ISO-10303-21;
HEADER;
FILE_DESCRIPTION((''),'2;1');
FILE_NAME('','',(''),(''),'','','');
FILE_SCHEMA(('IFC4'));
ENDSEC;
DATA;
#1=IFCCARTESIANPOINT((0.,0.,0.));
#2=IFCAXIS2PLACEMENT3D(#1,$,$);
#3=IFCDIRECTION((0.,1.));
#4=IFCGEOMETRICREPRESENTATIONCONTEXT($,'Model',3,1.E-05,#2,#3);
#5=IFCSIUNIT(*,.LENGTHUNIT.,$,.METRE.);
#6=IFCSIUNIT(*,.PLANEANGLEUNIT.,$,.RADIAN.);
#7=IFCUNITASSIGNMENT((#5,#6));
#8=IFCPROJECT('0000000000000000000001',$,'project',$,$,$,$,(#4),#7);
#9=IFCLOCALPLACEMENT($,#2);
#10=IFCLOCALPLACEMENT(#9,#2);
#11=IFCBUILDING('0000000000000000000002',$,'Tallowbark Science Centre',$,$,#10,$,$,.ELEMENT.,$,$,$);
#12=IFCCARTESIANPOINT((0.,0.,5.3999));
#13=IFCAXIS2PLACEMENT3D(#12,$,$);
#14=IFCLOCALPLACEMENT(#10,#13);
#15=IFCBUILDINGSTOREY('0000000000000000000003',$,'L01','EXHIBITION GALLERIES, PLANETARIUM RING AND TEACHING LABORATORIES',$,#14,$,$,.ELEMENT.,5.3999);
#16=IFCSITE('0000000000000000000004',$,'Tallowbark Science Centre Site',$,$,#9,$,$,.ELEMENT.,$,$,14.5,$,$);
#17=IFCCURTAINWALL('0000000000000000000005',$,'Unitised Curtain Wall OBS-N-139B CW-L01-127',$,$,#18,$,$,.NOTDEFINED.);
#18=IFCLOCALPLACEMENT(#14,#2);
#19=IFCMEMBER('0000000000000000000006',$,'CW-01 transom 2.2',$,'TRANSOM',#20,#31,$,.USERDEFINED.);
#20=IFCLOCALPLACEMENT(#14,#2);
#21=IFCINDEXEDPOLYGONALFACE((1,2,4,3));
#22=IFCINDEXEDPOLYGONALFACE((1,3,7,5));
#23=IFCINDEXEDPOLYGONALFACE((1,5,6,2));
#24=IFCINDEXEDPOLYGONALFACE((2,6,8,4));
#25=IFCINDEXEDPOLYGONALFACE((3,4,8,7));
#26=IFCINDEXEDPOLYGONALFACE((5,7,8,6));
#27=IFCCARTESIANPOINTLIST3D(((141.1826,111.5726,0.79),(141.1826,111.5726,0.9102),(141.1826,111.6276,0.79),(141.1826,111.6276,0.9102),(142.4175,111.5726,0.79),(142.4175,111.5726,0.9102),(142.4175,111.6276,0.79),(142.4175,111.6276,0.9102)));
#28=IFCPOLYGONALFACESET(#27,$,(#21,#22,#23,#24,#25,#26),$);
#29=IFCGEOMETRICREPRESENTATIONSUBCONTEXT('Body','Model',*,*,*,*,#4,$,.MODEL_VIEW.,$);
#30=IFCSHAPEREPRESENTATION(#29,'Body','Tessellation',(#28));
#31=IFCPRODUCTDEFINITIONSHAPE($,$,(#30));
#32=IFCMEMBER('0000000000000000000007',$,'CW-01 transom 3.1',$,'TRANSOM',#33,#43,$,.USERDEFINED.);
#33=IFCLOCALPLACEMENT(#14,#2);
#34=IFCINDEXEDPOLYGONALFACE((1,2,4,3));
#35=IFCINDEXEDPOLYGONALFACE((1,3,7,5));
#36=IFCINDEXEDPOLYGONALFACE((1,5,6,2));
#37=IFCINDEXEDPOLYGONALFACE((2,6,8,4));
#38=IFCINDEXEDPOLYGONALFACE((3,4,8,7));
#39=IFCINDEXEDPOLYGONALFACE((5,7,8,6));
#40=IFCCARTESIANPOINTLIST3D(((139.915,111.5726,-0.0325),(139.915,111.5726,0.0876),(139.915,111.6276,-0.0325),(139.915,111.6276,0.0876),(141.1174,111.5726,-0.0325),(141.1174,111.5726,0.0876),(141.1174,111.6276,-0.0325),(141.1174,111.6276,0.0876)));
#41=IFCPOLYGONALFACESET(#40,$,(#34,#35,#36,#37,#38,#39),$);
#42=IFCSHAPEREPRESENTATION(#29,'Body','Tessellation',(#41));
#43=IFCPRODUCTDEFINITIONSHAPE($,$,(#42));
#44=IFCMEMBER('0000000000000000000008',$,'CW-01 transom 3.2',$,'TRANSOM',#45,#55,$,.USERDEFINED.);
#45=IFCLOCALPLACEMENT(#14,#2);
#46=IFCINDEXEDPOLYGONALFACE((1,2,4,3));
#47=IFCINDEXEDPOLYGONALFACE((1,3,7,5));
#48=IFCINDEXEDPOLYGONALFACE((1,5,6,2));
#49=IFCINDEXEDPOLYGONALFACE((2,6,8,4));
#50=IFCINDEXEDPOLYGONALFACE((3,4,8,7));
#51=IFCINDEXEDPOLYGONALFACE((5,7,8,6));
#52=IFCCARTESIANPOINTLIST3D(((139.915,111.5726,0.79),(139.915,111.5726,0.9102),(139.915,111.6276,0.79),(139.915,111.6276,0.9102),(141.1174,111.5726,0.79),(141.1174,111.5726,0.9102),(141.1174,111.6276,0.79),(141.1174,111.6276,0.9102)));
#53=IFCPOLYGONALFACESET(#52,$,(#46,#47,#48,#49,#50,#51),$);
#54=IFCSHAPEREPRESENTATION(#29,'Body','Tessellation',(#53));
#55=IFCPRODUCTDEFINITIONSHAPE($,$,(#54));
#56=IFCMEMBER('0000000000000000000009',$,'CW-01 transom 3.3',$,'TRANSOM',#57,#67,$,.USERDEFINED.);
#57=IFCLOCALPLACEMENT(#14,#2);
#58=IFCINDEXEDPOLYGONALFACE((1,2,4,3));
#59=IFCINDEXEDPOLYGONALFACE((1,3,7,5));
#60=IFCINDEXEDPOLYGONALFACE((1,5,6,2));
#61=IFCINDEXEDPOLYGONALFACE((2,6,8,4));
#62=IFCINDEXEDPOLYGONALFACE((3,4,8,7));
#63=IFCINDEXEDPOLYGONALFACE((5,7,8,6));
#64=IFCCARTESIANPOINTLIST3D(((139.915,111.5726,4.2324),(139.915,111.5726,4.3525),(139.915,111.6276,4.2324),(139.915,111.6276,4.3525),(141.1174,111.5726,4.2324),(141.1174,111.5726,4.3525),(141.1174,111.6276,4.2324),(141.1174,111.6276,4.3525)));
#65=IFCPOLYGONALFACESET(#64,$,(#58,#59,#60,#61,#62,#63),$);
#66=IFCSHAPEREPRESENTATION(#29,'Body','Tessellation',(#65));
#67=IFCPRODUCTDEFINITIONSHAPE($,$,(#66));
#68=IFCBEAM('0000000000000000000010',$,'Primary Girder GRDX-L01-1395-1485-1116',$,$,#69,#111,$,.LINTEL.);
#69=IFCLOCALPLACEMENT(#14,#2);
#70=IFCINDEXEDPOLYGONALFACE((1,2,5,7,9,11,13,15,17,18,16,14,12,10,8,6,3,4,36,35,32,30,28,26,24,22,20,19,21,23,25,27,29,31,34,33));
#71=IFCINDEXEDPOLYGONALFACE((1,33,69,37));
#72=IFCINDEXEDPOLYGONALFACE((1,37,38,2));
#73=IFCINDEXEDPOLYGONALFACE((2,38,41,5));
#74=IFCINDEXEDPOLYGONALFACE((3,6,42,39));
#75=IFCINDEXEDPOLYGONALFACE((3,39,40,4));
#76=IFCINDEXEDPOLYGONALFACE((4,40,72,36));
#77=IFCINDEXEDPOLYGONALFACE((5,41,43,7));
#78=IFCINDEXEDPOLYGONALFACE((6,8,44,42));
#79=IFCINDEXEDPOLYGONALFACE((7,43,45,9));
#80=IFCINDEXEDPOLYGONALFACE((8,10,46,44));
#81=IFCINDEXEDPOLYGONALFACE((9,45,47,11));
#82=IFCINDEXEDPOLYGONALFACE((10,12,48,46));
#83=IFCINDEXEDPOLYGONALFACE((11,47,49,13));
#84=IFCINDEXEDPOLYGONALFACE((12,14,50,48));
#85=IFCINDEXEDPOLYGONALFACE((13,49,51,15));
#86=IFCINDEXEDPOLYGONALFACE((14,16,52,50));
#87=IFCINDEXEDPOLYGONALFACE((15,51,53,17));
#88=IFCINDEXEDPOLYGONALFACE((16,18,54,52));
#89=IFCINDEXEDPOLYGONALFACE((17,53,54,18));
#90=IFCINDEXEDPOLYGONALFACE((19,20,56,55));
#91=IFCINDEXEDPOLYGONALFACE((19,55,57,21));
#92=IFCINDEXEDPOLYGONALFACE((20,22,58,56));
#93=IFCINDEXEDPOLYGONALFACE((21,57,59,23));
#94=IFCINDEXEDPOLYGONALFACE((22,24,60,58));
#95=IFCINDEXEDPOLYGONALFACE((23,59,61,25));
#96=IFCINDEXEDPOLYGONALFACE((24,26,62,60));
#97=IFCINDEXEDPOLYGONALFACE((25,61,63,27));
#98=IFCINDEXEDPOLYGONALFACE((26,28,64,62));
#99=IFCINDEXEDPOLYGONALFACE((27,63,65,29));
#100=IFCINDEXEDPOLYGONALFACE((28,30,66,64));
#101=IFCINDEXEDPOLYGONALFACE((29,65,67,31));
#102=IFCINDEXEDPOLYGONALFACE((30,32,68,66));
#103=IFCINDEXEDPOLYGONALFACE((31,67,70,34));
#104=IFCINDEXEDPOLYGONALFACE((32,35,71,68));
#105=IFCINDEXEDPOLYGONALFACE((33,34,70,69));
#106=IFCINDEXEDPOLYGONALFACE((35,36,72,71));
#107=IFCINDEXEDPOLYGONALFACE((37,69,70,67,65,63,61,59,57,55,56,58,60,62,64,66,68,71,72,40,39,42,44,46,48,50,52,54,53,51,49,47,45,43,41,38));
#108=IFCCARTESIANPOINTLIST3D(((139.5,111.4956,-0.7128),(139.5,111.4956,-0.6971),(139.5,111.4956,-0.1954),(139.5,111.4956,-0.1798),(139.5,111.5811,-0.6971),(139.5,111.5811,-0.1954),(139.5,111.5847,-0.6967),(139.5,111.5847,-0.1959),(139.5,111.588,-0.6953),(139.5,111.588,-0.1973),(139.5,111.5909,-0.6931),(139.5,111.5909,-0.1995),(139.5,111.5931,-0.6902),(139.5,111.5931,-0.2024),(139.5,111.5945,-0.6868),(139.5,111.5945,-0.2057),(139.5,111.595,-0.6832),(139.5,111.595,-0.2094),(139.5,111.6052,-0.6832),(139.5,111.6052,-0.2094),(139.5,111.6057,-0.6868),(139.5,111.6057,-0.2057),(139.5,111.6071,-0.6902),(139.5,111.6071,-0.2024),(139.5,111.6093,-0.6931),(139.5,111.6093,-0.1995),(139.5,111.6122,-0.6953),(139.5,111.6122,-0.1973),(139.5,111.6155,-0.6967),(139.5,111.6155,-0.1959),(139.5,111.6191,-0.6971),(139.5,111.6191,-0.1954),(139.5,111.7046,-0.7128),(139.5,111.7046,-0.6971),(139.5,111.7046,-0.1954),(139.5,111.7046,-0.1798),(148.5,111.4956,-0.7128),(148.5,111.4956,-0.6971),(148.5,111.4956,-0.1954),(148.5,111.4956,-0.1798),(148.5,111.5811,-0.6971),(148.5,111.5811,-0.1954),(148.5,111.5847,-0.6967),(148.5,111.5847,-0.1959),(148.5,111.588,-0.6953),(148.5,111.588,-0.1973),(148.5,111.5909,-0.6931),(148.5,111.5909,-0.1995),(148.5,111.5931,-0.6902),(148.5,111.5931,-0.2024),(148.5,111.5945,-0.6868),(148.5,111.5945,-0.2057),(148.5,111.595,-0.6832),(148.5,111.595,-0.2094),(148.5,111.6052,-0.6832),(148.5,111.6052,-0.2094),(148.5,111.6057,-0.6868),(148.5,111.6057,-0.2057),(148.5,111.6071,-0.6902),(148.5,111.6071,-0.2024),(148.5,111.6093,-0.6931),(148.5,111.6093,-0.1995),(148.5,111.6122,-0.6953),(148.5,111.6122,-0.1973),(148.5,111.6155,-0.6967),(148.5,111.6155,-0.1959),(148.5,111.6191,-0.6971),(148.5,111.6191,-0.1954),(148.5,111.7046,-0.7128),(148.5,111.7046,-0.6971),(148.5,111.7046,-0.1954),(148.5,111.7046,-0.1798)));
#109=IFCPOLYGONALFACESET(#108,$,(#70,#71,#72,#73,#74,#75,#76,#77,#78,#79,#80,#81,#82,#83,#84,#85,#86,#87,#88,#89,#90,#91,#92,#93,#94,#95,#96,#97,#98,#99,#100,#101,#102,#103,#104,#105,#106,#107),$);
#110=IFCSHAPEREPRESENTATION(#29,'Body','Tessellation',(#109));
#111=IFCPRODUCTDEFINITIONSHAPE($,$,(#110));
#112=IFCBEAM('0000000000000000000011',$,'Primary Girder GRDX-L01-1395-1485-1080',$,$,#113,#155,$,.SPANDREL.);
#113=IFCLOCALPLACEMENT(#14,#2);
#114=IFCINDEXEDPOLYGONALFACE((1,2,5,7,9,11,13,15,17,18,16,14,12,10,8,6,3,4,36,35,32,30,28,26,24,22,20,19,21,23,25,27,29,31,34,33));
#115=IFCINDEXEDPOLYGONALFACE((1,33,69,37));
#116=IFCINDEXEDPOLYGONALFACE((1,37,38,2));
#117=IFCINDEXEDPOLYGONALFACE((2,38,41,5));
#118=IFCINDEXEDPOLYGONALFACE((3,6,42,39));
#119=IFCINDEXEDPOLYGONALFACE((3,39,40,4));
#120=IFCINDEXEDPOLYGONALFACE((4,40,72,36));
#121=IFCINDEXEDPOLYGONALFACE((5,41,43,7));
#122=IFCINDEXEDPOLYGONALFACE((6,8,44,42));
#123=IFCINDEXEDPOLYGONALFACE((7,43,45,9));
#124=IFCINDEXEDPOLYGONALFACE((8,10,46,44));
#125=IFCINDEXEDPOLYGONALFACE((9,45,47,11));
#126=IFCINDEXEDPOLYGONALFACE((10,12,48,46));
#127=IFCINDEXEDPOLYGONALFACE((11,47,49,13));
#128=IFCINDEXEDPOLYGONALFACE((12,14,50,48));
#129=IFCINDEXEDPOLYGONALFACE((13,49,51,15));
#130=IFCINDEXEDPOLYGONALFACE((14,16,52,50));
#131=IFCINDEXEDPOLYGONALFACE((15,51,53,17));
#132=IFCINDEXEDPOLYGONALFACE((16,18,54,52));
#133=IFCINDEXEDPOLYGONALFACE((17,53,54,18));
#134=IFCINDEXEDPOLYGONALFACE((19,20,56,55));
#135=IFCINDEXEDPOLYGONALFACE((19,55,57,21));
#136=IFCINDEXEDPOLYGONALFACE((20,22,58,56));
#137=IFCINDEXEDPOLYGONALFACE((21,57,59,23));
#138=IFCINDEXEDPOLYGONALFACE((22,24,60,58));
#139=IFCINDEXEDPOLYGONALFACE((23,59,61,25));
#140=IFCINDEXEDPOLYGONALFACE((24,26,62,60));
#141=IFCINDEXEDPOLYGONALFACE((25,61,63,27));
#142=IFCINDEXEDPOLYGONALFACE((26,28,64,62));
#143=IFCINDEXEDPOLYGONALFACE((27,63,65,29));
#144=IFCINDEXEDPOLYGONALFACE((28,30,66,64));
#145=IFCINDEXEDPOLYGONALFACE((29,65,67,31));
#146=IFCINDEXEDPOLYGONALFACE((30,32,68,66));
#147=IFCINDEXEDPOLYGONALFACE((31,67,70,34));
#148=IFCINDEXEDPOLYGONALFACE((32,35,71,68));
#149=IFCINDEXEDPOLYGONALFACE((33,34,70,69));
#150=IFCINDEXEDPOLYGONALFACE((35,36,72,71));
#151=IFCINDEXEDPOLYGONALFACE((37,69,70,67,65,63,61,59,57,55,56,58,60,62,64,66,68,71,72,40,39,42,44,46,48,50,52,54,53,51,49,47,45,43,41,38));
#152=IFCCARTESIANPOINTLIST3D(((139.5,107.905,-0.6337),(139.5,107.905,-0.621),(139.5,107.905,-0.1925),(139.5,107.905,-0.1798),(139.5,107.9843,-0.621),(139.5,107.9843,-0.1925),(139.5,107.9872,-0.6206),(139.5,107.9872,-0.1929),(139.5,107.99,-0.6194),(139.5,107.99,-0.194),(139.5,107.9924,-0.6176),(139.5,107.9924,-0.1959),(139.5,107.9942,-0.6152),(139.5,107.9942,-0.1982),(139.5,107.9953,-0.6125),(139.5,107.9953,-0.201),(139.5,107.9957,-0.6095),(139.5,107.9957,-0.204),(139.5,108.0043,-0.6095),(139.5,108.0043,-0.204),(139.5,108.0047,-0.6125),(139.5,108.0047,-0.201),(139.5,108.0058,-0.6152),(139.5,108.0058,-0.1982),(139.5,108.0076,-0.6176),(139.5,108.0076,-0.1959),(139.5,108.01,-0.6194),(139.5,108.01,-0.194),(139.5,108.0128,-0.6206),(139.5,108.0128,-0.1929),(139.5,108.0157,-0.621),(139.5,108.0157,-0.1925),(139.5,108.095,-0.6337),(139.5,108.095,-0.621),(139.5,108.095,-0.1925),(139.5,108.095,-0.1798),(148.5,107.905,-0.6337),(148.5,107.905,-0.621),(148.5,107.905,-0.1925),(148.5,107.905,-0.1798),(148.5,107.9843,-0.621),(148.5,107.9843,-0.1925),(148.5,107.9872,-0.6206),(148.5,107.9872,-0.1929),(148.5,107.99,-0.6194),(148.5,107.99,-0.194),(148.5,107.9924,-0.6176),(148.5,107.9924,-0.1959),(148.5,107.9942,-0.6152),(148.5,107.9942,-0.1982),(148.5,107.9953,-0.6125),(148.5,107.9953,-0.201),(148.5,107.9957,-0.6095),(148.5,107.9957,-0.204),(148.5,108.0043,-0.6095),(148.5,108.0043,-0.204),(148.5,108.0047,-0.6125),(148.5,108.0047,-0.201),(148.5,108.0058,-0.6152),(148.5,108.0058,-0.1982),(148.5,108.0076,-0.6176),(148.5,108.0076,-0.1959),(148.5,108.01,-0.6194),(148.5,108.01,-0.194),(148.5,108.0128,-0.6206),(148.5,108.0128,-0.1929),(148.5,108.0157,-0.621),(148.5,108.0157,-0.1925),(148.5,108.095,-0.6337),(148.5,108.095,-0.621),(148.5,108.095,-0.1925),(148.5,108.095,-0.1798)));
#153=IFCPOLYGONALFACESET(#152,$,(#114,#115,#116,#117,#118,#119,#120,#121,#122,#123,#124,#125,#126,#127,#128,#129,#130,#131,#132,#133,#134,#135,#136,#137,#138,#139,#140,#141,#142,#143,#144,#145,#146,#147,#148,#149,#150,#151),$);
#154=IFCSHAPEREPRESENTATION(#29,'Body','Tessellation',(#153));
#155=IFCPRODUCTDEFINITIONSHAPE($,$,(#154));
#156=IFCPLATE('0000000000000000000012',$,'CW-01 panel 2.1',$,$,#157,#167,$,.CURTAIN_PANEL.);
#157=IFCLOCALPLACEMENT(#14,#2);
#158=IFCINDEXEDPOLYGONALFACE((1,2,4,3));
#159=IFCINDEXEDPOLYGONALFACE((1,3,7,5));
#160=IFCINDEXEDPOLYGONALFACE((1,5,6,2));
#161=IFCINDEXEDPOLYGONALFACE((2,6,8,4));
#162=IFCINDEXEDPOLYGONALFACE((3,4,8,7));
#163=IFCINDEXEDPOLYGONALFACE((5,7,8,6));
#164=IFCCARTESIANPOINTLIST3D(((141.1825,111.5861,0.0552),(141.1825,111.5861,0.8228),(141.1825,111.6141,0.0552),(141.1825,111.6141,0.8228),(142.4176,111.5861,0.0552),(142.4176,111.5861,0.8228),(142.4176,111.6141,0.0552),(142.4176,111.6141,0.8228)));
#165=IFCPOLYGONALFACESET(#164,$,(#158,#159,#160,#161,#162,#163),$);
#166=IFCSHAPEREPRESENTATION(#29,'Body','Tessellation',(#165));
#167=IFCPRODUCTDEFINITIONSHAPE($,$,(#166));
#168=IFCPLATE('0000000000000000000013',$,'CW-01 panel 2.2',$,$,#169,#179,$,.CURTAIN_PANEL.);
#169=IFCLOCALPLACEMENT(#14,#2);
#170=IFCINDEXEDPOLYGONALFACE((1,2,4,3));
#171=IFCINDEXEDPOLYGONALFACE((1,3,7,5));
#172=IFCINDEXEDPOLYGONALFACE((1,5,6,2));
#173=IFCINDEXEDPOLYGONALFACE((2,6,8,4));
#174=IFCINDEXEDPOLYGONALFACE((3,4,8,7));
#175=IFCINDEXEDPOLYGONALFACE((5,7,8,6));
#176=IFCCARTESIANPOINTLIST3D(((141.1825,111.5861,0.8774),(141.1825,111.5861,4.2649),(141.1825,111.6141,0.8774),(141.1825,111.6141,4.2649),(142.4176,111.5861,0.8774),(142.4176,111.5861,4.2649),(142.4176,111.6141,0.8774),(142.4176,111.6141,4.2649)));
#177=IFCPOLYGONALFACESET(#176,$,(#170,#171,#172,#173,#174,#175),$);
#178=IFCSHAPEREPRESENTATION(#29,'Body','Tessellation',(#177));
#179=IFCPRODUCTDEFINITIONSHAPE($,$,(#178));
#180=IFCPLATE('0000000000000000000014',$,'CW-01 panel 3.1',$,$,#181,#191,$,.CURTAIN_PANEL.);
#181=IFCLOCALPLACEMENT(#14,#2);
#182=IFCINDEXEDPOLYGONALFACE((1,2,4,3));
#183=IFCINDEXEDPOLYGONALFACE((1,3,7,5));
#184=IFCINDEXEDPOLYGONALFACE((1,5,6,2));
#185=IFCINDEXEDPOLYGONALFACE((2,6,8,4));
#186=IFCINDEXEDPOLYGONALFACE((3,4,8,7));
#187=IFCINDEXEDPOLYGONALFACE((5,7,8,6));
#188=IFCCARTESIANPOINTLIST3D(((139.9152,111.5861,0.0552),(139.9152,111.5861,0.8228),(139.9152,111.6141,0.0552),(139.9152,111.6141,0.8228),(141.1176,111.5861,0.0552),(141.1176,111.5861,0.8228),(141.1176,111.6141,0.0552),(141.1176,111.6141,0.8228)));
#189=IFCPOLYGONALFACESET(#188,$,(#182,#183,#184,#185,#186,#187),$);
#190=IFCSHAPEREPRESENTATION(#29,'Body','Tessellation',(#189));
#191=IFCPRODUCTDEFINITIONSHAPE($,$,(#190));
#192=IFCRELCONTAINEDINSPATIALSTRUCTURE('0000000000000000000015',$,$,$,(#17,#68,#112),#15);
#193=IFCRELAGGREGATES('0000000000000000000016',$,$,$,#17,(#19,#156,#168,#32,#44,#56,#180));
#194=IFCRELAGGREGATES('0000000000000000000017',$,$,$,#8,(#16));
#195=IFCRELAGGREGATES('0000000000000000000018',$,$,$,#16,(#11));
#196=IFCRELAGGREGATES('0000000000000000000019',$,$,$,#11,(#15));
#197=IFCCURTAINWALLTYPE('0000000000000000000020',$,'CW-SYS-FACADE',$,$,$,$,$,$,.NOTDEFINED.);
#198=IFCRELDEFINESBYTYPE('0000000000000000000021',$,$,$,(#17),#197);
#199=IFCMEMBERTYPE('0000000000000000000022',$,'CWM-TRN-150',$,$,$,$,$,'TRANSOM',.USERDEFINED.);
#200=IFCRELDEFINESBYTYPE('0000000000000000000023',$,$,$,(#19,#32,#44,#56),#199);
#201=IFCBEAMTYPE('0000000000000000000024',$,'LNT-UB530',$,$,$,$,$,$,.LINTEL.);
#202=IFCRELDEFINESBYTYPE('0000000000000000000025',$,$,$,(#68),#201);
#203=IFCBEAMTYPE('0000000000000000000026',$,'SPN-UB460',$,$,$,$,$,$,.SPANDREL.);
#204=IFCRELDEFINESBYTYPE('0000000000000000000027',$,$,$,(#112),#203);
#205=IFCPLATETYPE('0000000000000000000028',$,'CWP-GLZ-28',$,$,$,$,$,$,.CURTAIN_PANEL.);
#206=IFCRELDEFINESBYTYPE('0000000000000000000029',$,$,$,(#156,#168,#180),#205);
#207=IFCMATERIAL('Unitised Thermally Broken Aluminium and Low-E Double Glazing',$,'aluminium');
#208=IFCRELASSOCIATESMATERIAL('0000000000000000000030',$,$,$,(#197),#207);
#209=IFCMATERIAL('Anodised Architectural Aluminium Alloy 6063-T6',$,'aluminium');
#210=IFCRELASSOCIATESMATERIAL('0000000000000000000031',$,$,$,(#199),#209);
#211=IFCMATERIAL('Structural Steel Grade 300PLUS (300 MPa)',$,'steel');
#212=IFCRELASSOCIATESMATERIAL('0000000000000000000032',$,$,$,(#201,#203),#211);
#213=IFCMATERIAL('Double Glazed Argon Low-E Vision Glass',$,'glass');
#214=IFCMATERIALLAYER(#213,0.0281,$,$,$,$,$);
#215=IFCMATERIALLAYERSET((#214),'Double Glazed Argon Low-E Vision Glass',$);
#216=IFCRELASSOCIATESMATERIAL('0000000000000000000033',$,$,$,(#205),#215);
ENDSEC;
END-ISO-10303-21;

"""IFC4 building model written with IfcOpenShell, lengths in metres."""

from ifc_helpers import new_model, si_unit, direction, frame, origin, origin_2d, place, context, subcontext, project, spatial, rectangle, i_section, extrude, material, layer, layer_set, material_profile, profile_set, type_object, element, aggregate, save


model = new_model("IFC4")

# Units and contexts
model_context = context("Model", 3, precision=1e-05, world=origin(), true_north=direction((0.0, 1.0)))
body_context = subcontext(model_context, "Body", "Model", "MODEL_VIEW")
ifc_project = project(units=[si_unit("LENGTHUNIT", "METRE"), si_unit("PLANEANGLEUNIT", "RADIAN")], contexts=[model_context])

# Site, building, storey
site_placement = place(None, origin())
site = spatial("IfcSite", under=ifc_project, at=site_placement, Name="Tallowbark Science Centre Site", CompositionType="ELEMENT", RefElevation=14.5)
building_placement = place(site_placement, origin())
building = spatial("IfcBuilding", under=site, at=building_placement, Name="Tallowbark Science Centre", CompositionType="ELEMENT")
storey_placement = place(building_placement, frame((0.0, 0.0, 5.3999)))
storey = spatial("IfcBuildingStorey", under=building, at=storey_placement, Name="L01", Description="EXHIBITION GALLERIES, PLANETARIUM RING AND TEACHING LABORATORIES", CompositionType="ELEMENT", Elevation=5.3999)

# Shared definitions
ifc_material_1 = material(Name="Structural Steel Grade 300PLUS (300 MPa)", Category="steel")

# Curtain wall, members
ifc_material_2 = material(Name="Unitised Thermally Broken Aluminium and Low-E Double Glazing", Category="aluminium")
curtain_wall_type = type_object("IfcCurtainWallType", Name="CW-SYS-FACADE", PredefinedType="NOTDEFINED", material=ifc_material_2)
curtain_wall_placement = place(storey_placement, origin())
curtain_wall = element("IfcCurtainWall", 1, at=curtain_wall_placement, inside=storey, type_object=curtain_wall_type, Name="Unitised Curtain Wall OBS-N-139B CW-L01-127", PredefinedType="NOTDEFINED")
ifc_material_3 = material(Name="Anodised Architectural Aluminium Alloy 6063-T6", Category="aluminium")
ifc_material_profile_1 = material_profile(ifc_material_3, rectangle(XDim=0.0549, YDim=0.1201, at=origin_2d()), Name="ALU55x120")
ifc_profile_set_1 = profile_set([ifc_material_profile_1], Name="Anodised Architectural Aluminium Alloy 6063-T6")
member_type_1 = type_object("IfcMemberType", Name="CWM-TRN-150", ElementType="TRANSOM", PredefinedType="USERDEFINED", material=ifc_profile_set_1)
member_1_placement = place(storey_placement, frame((142.4175, 111.6001, 0.8501), z_axis=(-1.0, 0.0, 0.0), x_axis=(0.0, -1.0, 0.0)))
member_1 = element("IfcMember", 2, at=member_1_placement, type_object=member_type_1, Name="CW-01 transom 2.2", ObjectType="TRANSOM", PredefinedType="USERDEFINED", context=body_context, shape_type="SweptSolid", body=[
    extrude(rectangle(XDim=0.0549, YDim=0.1201, at=origin_2d()), origin(), (0.0, 0.0, 1.0), 1.2349),
])
member_2_placement = place(storey_placement, frame((141.1174, 111.6001, 0.0276), z_axis=(-1.0, 0.0, 0.0), x_axis=(0.0, -1.0, 0.0)))
member_2 = element("IfcMember", 3, at=member_2_placement, type_object=member_type_1, Name="CW-01 transom 3.1", ObjectType="TRANSOM", PredefinedType="USERDEFINED", context=body_context, shape_type="SweptSolid", body=[
    extrude(rectangle(XDim=0.0549, YDim=0.1201, at=origin_2d()), origin(), (0.0, 0.0, 1.0), 1.2024),
])
member_3_placement = place(storey_placement, frame((141.1174, 111.6001, 0.8501), z_axis=(-1.0, 0.0, 0.0), x_axis=(0.0, -1.0, 0.0)))
member_3 = element("IfcMember", 4, at=member_3_placement, type_object=member_type_1, Name="CW-01 transom 3.2", ObjectType="TRANSOM", PredefinedType="USERDEFINED", context=body_context, shape_type="SweptSolid", body=[
    extrude(rectangle(XDim=0.0549, YDim=0.1201, at=origin_2d()), origin(), (0.0, 0.0, 1.0), 1.2024),
])
member_4_placement = place(storey_placement, frame((141.1174, 111.6001, 4.2925), z_axis=(-1.0, 0.0, 0.0), x_axis=(0.0, -1.0, 0.0)))
member_4 = element("IfcMember", 5, at=member_4_placement, type_object=member_type_1, Name="CW-01 transom 3.3", ObjectType="TRANSOM", PredefinedType="USERDEFINED", context=body_context, shape_type="SweptSolid", body=[
    extrude(rectangle(XDim=0.0549, YDim=0.1201, at=origin_2d()), origin(), (0.0, 0.0, 1.0), 1.2024),
])

# Beams
ifc_material_profile_2 = material_profile(ifc_material_1, i_section(OverallWidth=0.209, OverallDepth=0.533, WebThickness=0.0103, FlangeThickness=0.0156, FilletRadius=0.0139, at=origin_2d()), Name="530UB92.4")
ifc_profile_set_2 = profile_set([ifc_material_profile_2], Name="Structural Steel Grade 300PLUS (300 MPa)")
beam_type_1 = type_object("IfcBeamType", Name="LNT-UB530", PredefinedType="LINTEL", material=ifc_profile_set_2)
beam_1_placement = place(storey_placement, frame((139.5, 111.6001, -0.4463), z_axis=(1.0, 0.0, 0.0), x_axis=(0.0, 1.0, 0.0)))
element("IfcBeam", 6, at=beam_1_placement, inside=storey, type_object=beam_type_1, Name="Primary Girder GRDX-L01-1395-1485-1116", PredefinedType="LINTEL", context=body_context, shape_type="SweptSolid", body=[
    extrude(i_section(OverallWidth=0.209, OverallDepth=0.533, WebThickness=0.0103, FlangeThickness=0.0156, FilletRadius=0.0139, at=origin_2d()), origin(), (0.0, 0.0, 1.0), 9.0),
])
ifc_material_profile_3 = material_profile(ifc_material_1, i_section(OverallWidth=0.1899, OverallDepth=0.4539, WebThickness=0.0085, FlangeThickness=0.0127, FilletRadius=0.0115, at=origin_2d()), Name="460UB67.1")
ifc_profile_set_3 = profile_set([ifc_material_profile_3], Name="Structural Steel Grade 300PLUS (300 MPa)")
beam_type_2 = type_object("IfcBeamType", Name="SPN-UB460", PredefinedType="SPANDREL", material=ifc_profile_set_3)
beam_2_placement = place(storey_placement, frame((139.5, 108.0, -0.4067), z_axis=(1.0, 0.0, 0.0), x_axis=(0.0, 1.0, 0.0)))
element("IfcBeam", 7, at=beam_2_placement, inside=storey, type_object=beam_type_2, Name="Primary Girder GRDX-L01-1395-1485-1080", PredefinedType="SPANDREL", context=body_context, shape_type="SweptSolid", body=[
    extrude(i_section(OverallWidth=0.1899, OverallDepth=0.4539, WebThickness=0.0085, FlangeThickness=0.0127, FilletRadius=0.0115, at=origin_2d()), origin(), (0.0, 0.0, 1.0), 9.0),
])

# Plates
ifc_material_4 = material(Name="Double Glazed Argon Low-E Vision Glass", Category="glass")
ifc_layer_1 = layer(ifc_material_4, 0.0281)
ifc_layer_set_1 = layer_set([ifc_layer_1], Name="Double Glazed Argon Low-E Vision Glass")
plate_type = type_object("IfcPlateType", Name="CWP-GLZ-28", PredefinedType="CURTAIN_PANEL", material=ifc_layer_set_1)
plate_1_placement = place(storey_placement, frame((141.8, 111.6001, 0.0552), z_axis=(0.0, 0.0, 1.0), x_axis=(-1.0, 0.0, 0.0)))
plate_1 = element("IfcPlate", 8, at=plate_1_placement, type_object=plate_type, Name="CW-01 panel 2.1", PredefinedType="CURTAIN_PANEL", context=body_context, shape_type="SweptSolid", body=[
    extrude(rectangle(XDim=1.2351, YDim=0.0281, at=origin_2d()), origin(), (0.0, 0.0, 1.0), 0.7676),
])
plate_2_placement = place(storey_placement, frame((141.8, 111.6001, 0.8774), z_axis=(0.0, 0.0, 1.0), x_axis=(-1.0, 0.0, 0.0)))
plate_2 = element("IfcPlate", 9, at=plate_2_placement, type_object=plate_type, Name="CW-01 panel 2.2", PredefinedType="CURTAIN_PANEL", context=body_context, shape_type="SweptSolid", body=[
    extrude(rectangle(XDim=1.2351, YDim=0.0281, at=origin_2d()), origin(), (0.0, 0.0, 1.0), 3.3875),
])
plate_3_placement = place(storey_placement, frame((140.5164, 111.6001, 0.0552), z_axis=(0.0, 0.0, 1.0), x_axis=(-1.0, 0.0, 0.0)))
plate_3 = element("IfcPlate", 10, at=plate_3_placement, type_object=plate_type, Name="CW-01 panel 3.1", PredefinedType="CURTAIN_PANEL", context=body_context, shape_type="SweptSolid", body=[
    extrude(rectangle(XDim=1.2024, YDim=0.0281, at=origin_2d()), origin(), (0.0, 0.0, 1.0), 0.7676),
])
aggregate(curtain_wall, [member_1, plate_1, plate_2, member_2, member_3, member_4, plate_3])

save(model, "model.ifc")
